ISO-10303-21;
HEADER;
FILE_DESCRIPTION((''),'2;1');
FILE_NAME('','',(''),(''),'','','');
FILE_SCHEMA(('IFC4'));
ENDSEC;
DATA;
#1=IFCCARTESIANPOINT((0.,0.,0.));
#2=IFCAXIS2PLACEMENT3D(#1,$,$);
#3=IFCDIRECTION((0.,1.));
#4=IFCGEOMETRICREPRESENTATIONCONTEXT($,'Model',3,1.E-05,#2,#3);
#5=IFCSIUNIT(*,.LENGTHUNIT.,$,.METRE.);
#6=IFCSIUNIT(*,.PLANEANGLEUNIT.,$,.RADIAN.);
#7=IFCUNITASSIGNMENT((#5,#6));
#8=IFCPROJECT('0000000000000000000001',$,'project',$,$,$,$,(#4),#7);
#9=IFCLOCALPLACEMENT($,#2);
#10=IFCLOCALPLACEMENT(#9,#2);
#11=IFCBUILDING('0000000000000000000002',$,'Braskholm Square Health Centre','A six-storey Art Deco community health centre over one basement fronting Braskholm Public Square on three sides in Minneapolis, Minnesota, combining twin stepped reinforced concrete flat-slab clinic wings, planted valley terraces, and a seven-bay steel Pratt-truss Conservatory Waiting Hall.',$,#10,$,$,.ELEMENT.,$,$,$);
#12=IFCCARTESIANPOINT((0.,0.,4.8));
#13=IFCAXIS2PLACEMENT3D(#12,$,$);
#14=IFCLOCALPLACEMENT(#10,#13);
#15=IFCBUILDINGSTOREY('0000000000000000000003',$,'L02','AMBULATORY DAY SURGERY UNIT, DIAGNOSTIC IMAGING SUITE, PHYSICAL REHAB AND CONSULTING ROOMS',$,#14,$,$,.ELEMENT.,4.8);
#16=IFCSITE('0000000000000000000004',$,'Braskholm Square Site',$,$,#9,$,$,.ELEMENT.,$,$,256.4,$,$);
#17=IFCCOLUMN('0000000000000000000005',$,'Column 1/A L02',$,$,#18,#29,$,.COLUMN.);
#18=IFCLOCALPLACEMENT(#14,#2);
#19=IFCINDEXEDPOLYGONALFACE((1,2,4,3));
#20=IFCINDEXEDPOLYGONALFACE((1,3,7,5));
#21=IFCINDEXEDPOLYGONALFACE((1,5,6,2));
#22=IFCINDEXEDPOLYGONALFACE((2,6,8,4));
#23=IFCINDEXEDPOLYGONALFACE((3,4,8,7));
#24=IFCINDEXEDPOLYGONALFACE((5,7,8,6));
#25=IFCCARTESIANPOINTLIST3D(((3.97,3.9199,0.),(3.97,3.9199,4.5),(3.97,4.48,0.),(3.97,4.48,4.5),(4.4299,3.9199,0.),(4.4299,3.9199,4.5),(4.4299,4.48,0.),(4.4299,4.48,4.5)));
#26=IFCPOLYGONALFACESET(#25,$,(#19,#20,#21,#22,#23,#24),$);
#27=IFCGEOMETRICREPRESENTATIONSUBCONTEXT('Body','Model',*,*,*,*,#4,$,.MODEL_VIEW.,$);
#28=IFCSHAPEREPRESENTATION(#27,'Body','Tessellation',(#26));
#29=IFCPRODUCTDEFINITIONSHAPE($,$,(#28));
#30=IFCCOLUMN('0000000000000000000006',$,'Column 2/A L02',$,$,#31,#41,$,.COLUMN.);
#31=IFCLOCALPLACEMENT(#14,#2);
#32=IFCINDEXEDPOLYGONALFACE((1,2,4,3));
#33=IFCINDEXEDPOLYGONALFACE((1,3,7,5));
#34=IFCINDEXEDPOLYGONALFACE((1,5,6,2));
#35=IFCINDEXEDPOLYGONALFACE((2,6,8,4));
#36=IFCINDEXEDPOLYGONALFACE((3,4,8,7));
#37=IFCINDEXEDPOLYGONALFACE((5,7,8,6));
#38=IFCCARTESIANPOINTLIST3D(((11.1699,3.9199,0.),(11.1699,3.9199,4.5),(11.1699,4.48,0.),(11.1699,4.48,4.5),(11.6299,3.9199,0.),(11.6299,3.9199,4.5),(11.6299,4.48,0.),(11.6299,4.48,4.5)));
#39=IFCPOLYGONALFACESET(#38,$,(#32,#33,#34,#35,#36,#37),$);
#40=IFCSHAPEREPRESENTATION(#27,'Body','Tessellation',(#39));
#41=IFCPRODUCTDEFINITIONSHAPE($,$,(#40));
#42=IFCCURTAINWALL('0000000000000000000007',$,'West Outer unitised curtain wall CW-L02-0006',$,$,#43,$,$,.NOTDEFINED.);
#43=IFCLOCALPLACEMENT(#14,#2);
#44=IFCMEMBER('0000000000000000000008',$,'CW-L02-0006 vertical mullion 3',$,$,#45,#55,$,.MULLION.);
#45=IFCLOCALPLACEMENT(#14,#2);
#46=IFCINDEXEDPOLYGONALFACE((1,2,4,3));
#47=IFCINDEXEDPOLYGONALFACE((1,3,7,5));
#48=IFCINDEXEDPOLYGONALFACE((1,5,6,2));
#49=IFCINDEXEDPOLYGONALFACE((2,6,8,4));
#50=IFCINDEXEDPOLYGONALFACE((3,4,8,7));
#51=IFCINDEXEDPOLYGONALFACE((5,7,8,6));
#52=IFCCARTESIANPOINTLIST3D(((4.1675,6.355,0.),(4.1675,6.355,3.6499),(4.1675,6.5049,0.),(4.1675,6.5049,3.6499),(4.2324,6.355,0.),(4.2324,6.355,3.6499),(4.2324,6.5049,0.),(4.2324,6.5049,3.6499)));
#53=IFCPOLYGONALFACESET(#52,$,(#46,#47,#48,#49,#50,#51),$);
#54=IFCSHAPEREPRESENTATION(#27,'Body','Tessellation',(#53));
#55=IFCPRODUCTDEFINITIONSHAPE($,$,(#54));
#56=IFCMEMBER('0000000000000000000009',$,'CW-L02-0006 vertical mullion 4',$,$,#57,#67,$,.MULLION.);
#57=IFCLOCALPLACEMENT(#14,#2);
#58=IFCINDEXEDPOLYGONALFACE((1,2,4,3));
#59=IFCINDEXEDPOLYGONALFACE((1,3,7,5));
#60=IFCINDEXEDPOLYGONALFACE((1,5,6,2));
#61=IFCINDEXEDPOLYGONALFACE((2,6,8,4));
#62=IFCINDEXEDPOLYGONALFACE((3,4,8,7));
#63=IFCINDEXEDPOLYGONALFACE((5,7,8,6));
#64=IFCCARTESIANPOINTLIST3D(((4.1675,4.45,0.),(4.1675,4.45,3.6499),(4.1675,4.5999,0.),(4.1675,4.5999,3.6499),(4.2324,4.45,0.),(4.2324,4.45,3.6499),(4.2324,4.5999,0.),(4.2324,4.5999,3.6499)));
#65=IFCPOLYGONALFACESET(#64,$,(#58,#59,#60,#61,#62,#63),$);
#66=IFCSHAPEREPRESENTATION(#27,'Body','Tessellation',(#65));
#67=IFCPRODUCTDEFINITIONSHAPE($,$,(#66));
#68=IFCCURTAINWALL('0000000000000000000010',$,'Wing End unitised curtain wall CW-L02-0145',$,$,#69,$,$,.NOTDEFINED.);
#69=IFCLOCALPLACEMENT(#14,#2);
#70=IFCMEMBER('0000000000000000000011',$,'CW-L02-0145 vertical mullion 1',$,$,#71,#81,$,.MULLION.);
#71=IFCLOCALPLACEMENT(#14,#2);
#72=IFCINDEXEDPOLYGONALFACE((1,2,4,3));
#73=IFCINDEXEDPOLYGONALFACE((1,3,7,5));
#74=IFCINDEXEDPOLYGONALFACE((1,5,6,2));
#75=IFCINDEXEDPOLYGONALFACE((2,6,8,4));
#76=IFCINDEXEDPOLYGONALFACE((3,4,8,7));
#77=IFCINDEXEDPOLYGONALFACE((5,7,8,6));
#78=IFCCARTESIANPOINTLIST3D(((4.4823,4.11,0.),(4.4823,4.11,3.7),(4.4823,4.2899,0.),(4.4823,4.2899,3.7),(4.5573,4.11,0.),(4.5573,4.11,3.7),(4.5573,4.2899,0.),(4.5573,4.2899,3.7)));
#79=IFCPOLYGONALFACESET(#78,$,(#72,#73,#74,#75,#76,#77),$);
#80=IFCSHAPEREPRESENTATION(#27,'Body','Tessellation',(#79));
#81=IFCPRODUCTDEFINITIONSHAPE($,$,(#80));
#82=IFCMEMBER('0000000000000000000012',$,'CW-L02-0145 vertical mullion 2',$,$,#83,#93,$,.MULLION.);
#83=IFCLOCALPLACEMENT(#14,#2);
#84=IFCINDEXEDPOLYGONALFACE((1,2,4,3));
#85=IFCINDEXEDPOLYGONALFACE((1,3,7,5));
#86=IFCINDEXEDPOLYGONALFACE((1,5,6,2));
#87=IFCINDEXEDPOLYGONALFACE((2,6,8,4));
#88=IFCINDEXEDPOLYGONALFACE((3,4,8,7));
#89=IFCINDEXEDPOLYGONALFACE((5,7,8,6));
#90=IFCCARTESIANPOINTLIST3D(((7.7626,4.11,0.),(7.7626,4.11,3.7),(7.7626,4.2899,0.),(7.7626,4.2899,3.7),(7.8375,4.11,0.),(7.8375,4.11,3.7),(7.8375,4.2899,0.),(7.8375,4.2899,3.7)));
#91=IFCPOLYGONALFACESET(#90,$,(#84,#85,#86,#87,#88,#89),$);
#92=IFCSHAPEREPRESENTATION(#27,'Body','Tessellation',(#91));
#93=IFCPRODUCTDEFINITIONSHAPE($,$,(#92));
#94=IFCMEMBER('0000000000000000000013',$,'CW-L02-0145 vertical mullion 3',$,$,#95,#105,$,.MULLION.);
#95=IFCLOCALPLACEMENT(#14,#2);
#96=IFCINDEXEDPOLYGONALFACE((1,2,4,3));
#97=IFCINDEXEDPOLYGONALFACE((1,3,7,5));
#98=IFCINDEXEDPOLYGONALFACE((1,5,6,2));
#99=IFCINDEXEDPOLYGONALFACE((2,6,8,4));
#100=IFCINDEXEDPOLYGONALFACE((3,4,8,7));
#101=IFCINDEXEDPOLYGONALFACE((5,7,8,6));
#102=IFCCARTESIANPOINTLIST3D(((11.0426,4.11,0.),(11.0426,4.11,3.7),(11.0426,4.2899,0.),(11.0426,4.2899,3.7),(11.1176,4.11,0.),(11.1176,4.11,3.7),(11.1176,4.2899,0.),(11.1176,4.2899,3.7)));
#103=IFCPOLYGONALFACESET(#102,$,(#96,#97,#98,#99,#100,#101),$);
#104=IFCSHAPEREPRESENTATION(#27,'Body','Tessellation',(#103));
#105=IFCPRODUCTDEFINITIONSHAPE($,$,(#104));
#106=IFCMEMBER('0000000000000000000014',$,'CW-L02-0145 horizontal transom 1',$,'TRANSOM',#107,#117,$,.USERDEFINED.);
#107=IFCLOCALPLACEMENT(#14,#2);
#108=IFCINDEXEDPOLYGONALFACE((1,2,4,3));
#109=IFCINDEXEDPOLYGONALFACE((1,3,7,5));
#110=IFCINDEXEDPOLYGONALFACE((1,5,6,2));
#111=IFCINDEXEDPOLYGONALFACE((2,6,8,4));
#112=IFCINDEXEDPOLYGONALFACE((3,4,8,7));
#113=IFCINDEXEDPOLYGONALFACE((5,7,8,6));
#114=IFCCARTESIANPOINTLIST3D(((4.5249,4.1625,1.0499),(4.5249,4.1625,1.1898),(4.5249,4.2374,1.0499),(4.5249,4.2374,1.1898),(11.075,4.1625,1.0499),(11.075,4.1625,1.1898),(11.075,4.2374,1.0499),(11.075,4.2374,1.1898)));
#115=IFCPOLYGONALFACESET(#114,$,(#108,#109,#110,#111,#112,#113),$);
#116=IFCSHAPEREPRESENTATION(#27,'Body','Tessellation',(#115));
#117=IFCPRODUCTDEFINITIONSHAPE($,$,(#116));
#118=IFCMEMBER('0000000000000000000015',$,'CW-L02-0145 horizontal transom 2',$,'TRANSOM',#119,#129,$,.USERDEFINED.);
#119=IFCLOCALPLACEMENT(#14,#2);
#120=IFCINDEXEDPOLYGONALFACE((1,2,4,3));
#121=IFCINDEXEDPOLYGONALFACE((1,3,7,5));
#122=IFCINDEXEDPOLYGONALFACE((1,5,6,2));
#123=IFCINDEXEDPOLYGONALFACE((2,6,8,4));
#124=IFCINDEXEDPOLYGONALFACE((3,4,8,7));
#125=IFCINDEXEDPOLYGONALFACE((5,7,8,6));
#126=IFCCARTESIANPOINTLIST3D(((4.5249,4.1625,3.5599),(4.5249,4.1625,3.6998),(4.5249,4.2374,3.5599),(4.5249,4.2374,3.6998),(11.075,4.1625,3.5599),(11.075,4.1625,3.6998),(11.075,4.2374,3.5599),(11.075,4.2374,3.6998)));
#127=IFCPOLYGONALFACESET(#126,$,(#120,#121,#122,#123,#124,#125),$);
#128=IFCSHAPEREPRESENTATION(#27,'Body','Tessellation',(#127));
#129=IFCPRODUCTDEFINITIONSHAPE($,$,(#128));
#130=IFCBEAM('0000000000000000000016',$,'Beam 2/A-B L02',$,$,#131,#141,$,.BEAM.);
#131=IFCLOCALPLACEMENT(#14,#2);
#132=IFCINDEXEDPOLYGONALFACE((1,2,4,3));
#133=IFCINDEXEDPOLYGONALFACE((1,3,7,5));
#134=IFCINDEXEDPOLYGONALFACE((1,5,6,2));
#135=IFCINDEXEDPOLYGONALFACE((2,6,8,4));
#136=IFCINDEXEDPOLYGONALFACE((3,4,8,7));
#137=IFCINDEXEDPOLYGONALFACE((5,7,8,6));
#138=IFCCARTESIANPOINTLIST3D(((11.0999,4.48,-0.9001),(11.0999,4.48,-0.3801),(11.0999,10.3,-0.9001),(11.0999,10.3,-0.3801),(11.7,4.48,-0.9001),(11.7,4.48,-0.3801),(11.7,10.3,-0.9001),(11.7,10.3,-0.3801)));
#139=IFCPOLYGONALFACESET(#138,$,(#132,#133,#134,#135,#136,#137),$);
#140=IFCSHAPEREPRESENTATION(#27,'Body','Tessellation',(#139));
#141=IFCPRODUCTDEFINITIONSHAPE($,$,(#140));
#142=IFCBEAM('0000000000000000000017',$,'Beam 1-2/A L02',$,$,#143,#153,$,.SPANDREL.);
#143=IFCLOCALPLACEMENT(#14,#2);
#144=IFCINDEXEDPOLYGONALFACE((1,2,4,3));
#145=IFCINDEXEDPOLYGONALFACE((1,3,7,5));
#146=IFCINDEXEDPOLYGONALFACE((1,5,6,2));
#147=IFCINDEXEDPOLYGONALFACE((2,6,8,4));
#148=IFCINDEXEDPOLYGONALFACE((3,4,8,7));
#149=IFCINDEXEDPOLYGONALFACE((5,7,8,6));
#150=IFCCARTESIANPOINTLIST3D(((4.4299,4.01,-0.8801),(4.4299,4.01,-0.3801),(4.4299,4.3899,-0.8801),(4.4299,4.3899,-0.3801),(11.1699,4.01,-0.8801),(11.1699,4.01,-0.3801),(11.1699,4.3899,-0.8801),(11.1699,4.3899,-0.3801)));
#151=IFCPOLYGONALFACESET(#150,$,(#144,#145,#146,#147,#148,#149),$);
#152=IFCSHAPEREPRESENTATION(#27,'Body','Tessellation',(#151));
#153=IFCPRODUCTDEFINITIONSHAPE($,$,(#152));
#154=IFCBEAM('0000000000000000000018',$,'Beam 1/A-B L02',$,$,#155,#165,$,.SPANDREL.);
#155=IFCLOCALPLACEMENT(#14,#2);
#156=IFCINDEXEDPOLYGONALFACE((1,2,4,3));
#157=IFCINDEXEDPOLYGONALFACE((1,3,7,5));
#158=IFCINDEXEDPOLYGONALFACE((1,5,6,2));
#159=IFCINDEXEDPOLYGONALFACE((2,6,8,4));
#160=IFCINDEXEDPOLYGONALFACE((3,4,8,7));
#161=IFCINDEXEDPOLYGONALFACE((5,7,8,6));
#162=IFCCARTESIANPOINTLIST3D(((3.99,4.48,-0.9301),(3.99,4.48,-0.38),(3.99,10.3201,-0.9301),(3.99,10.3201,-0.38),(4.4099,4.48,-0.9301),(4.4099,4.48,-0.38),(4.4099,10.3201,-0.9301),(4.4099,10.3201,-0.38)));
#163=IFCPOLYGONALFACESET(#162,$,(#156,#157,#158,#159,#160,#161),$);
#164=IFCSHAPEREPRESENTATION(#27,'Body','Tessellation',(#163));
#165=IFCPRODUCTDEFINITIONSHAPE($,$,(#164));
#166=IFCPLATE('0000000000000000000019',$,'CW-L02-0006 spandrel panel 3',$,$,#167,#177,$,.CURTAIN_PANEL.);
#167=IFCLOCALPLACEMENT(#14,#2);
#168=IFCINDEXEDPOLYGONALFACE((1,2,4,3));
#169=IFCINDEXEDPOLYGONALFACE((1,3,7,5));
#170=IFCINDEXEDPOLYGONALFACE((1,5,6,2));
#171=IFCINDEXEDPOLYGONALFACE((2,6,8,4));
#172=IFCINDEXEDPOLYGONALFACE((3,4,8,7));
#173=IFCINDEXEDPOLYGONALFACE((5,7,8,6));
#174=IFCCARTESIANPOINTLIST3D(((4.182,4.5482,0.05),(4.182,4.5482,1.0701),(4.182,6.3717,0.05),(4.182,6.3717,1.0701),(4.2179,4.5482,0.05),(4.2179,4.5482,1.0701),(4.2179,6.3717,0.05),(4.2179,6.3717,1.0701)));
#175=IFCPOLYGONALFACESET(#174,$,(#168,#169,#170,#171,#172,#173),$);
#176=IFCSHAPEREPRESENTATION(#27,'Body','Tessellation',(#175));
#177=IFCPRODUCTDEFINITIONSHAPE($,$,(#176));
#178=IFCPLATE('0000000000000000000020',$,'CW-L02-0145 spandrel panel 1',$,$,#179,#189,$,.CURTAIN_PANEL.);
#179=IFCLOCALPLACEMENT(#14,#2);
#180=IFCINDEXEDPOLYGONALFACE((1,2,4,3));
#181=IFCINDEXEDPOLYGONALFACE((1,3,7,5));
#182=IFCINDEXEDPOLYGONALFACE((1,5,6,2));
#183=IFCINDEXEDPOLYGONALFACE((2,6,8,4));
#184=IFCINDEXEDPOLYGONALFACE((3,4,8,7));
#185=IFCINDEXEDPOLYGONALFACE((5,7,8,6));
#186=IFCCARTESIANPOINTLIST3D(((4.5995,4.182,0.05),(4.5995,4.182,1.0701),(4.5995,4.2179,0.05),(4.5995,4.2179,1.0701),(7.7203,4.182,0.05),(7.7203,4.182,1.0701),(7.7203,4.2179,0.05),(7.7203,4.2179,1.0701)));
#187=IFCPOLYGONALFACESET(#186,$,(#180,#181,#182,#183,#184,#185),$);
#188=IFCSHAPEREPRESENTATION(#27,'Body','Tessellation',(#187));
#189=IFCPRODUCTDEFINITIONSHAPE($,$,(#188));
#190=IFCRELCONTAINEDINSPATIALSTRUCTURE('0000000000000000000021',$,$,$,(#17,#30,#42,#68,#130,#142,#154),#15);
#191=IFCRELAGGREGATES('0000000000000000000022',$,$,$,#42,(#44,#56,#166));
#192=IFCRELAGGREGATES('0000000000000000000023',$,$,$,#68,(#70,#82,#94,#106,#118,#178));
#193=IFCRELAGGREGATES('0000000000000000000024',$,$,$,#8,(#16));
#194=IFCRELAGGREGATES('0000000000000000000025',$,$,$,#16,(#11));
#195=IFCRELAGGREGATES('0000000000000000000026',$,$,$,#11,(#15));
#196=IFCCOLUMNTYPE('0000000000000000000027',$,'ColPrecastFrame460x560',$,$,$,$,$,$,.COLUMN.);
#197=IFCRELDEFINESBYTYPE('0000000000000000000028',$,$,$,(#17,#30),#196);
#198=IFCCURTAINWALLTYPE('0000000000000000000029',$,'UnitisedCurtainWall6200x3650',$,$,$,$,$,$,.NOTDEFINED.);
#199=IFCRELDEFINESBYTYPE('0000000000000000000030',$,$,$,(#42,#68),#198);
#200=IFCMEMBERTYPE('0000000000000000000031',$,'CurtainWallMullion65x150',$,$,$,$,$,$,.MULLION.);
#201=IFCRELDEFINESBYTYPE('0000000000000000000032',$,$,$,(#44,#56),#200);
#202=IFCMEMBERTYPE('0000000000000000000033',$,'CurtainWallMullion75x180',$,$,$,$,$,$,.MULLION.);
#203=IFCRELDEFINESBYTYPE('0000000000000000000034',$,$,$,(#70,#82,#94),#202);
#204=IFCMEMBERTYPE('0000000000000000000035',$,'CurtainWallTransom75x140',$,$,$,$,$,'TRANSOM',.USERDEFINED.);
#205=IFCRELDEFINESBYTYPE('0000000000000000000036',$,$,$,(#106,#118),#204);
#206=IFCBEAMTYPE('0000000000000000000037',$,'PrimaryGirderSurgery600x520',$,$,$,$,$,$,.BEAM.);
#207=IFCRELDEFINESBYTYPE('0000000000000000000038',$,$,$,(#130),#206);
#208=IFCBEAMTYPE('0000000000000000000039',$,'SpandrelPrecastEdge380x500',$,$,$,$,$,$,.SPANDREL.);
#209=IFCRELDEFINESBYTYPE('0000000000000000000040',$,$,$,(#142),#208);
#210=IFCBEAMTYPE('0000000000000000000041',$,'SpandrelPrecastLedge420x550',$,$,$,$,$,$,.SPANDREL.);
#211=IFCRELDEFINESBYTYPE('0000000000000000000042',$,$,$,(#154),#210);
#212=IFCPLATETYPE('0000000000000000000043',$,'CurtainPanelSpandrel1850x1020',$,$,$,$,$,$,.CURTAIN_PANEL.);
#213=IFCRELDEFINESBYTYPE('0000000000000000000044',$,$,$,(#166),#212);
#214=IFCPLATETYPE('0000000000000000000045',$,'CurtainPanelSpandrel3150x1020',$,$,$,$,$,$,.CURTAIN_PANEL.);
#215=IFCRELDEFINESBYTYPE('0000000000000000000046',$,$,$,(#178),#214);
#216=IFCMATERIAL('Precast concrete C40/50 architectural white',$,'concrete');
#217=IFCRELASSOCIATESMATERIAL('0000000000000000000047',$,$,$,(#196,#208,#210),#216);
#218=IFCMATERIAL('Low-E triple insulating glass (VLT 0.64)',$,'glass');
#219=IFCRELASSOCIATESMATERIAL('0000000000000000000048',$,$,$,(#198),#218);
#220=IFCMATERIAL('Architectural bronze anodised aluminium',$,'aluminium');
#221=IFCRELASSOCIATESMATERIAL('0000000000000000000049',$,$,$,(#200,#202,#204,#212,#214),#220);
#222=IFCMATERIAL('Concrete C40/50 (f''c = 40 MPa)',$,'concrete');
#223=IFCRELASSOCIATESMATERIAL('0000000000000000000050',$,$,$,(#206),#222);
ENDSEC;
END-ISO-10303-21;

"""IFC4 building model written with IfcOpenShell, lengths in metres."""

from ifc_helpers import new_model, si_unit, direction, frame, origin, origin_2d, place, context, subcontext, project, spatial, rectangle, extrude, material, material_profile, profile_set, type_object, element, aggregate, save


model = new_model("IFC4")

# Units and contexts
model_context = context("Model", 3, precision=1e-05, world=origin(), true_north=direction((0.0, 1.0)))
body_context = subcontext(model_context, "Body", "Model", "MODEL_VIEW")
ifc_project = project(units=[si_unit("LENGTHUNIT", "METRE"), si_unit("PLANEANGLEUNIT", "RADIAN")], contexts=[model_context])

# Site, building, storey
site_placement = place(None, origin())
site = spatial("IfcSite", under=ifc_project, at=site_placement, Name="Braskholm Square Site", CompositionType="ELEMENT", RefElevation=256.4)
building_placement = place(site_placement, origin())
building = spatial("IfcBuilding", under=site, at=building_placement, Name="Braskholm Square Health Centre", Description="A six-storey Art Deco community health centre over one basement fronting Braskholm Public Square on three sides in Minneapolis, Minnesota, combining twin stepped reinforced concrete flat-slab clinic wings, planted valley terraces, and a seven-bay steel Pratt-truss Conservatory Waiting Hall.", CompositionType="ELEMENT")
storey_placement = place(building_placement, frame((0.0, 0.0, 4.8)))
storey = spatial("IfcBuildingStorey", under=building, at=storey_placement, Name="L02", Description="AMBULATORY DAY SURGERY UNIT, DIAGNOSTIC IMAGING SUITE, PHYSICAL REHAB AND CONSULTING ROOMS", CompositionType="ELEMENT", Elevation=4.8)

# Columns
ifc_material_1 = material(Name="Precast concrete C40/50 architectural white", Category="concrete")
ifc_material_profile_1 = material_profile(ifc_material_1, rectangle(XDim=0.46, YDim=0.5601, at=origin_2d()), Name="RC-460X560")
ifc_profile_set_1 = profile_set([ifc_material_profile_1], Name="Precast concrete C40/50 architectural white")
column_type = type_object("IfcColumnType", Name="ColPrecastFrame460x560", PredefinedType="COLUMN", material=ifc_profile_set_1)
for number, where, z_axis, x_axis, name in (
    (1, (4.2, 4.2, 0.0), (0.0, 0.0, 1.0), (1.0, 0.0, 0.0), "Column 1/A L02"),
    (2, (11.3999, 4.2, 0.0), (0.0, 0.0, 1.0), (1.0, 0.0, 0.0), "Column 2/A L02"),
):
    element("IfcColumn", number, at=place(storey_placement, frame(where, z_axis=z_axis, x_axis=x_axis)), inside=storey, type_object=column_type, Name=name, PredefinedType="COLUMN", context=body_context, shape_type="SweptSolid", body=[
        extrude(rectangle(XDim=0.46, YDim=0.5601, at=origin_2d()), origin(), (0.0, 0.0, 1.0), 4.5),
    ])

# Curtain walls, members
ifc_material_2 = material(Name="Low-E triple insulating glass (VLT 0.64)", Category="glass")
curtain_wall_type = type_object("IfcCurtainWallType", Name="UnitisedCurtainWall6200x3650", PredefinedType="NOTDEFINED", material=ifc_material_2)
curtain_wall_1_placement = place(storey_placement, origin())
curtain_wall_1 = element("IfcCurtainWall", 3, at=curtain_wall_1_placement, inside=storey, type_object=curtain_wall_type, Name="West Outer unitised curtain wall CW-L02-0006", PredefinedType="NOTDEFINED")
ifc_material_3 = material(Name="Architectural bronze anodised aluminium", Category="aluminium")
ifc_material_profile_2 = material_profile(ifc_material_3, rectangle(XDim=0.0649, YDim=0.1499, at=origin_2d()), Name="ALU-65X150")
ifc_profile_set_2 = profile_set([ifc_material_profile_2], Name="Architectural bronze anodised aluminium")
member_type_1 = type_object("IfcMemberType", Name="CurtainWallMullion65x150", PredefinedType="MULLION", material=ifc_profile_set_2)
member_1_placement = place(storey_placement, frame((4.2, 6.4299, 0.0), z_axis=(0.0, 0.0, 1.0), x_axis=(1.0, 0.0, 0.0)))
member_1 = element("IfcMember", 4, at=member_1_placement, type_object=member_type_1, Name="CW-L02-0006 vertical mullion 3", PredefinedType="MULLION", context=body_context, shape_type="SweptSolid", body=[
    extrude(rectangle(XDim=0.0649, YDim=0.1499, at=origin_2d()), origin(), (0.0, 0.0, 1.0), 3.6499),
])
member_2_placement = place(storey_placement, frame((4.2, 4.5249, 0.0), z_axis=(0.0, 0.0, 1.0), x_axis=(1.0, 0.0, 0.0)))
member_2 = element("IfcMember", 5, at=member_2_placement, type_object=member_type_1, Name="CW-L02-0006 vertical mullion 4", PredefinedType="MULLION", context=body_context, shape_type="SweptSolid", body=[
    extrude(rectangle(XDim=0.0649, YDim=0.1499, at=origin_2d()), origin(), (0.0, 0.0, 1.0), 3.6499),
])
curtain_wall_2_placement = place(storey_placement, origin())
curtain_wall_2 = element("IfcCurtainWall", 6, at=curtain_wall_2_placement, inside=storey, type_object=curtain_wall_type, Name="Wing End unitised curtain wall CW-L02-0145", PredefinedType="NOTDEFINED")
ifc_material_profile_3 = material_profile(ifc_material_3, rectangle(XDim=0.075, YDim=0.1799, at=origin_2d()), Name="ALU-75X180")
ifc_profile_set_3 = profile_set([ifc_material_profile_3], Name="Architectural bronze anodised aluminium")
member_type_2 = type_object("IfcMemberType", Name="CurtainWallMullion75x180", PredefinedType="MULLION", material=ifc_profile_set_3)
member_3_placement = place(storey_placement, frame((4.5198, 4.2, 0.0), z_axis=(0.0, 0.0, 1.0), x_axis=(1.0, 0.0, 0.0)))
member_3 = element("IfcMember", 7, at=member_3_placement, type_object=member_type_2, Name="CW-L02-0145 vertical mullion 1", PredefinedType="MULLION", context=body_context, shape_type="SweptSolid", body=[
    extrude(rectangle(XDim=0.075, YDim=0.1799, at=origin_2d()), origin(), (0.0, 0.0, 1.0), 3.7),
])
member_4_placement = place(storey_placement, frame((7.8, 4.2, 0.0), z_axis=(0.0, 0.0, 1.0), x_axis=(1.0, 0.0, 0.0)))
member_4 = element("IfcMember", 8, at=member_4_placement, type_object=member_type_2, Name="CW-L02-0145 vertical mullion 2", PredefinedType="MULLION", context=body_context, shape_type="SweptSolid", body=[
    extrude(rectangle(XDim=0.075, YDim=0.1799, at=origin_2d()), origin(), (0.0, 0.0, 1.0), 3.7),
])
member_5_placement = place(storey_placement, frame((11.0801, 4.2, 0.0), z_axis=(0.0, 0.0, 1.0), x_axis=(1.0, 0.0, 0.0)))
member_5 = element("IfcMember", 9, at=member_5_placement, type_object=member_type_2, Name="CW-L02-0145 vertical mullion 3", PredefinedType="MULLION", context=body_context, shape_type="SweptSolid", body=[
    extrude(rectangle(XDim=0.075, YDim=0.1799, at=origin_2d()), origin(), (0.0, 0.0, 1.0), 3.7),
])
ifc_material_profile_4 = material_profile(ifc_material_3, rectangle(XDim=0.075, YDim=0.1399, at=origin_2d()), Name="ALU-75X140")
ifc_profile_set_4 = profile_set([ifc_material_profile_4], Name="Architectural bronze anodised aluminium")
member_type_3 = type_object("IfcMemberType", Name="CurtainWallTransom75x140", ElementType="TRANSOM", PredefinedType="USERDEFINED", material=ifc_profile_set_4)
member_6_placement = place(storey_placement, frame((4.5249, 4.2, 1.1199), z_axis=(1.0, 0.0, 0.0), x_axis=(0.0, 1.0, 0.0)))
member_6 = element("IfcMember", 10, at=member_6_placement, type_object=member_type_3, Name="CW-L02-0145 horizontal transom 1", ObjectType="TRANSOM", PredefinedType="USERDEFINED", context=body_context, shape_type="SweptSolid", body=[
    extrude(rectangle(XDim=0.075, YDim=0.1399, at=origin_2d()), origin(), (0.0, 0.0, 1.0), 6.55),
])
member_7_placement = place(storey_placement, frame((4.5249, 4.2, 3.6299), z_axis=(1.0, 0.0, 0.0), x_axis=(0.0, 1.0, 0.0)))
member_7 = element("IfcMember", 11, at=member_7_placement, type_object=member_type_3, Name="CW-L02-0145 horizontal transom 2", ObjectType="TRANSOM", PredefinedType="USERDEFINED", context=body_context, shape_type="SweptSolid", body=[
    extrude(rectangle(XDim=0.075, YDim=0.1399, at=origin_2d()), origin(), (0.0, 0.0, 1.0), 6.55),
])

# Beams
ifc_material_4 = material(Name="Concrete C40/50 (f'c = 40 MPa)", Category="concrete")
ifc_material_profile_5 = material_profile(ifc_material_4, rectangle(XDim=0.6001, YDim=0.52, at=origin_2d()), Name="RCB-600X520")
ifc_profile_set_5 = profile_set([ifc_material_profile_5], Name="Concrete C40/50 (f'c = 40 MPa)")
beam_type_1 = type_object("IfcBeamType", Name="PrimaryGirderSurgery600x520", PredefinedType="BEAM", material=ifc_profile_set_5)
beam_1_placement = place(storey_placement, frame((11.3999, 4.48, -0.6401), z_axis=(0.0, 1.0, 0.0), x_axis=(-1.0, 0.0, 0.0)))
element("IfcBeam", 12, at=beam_1_placement, inside=storey, type_object=beam_type_1, Name="Beam 2/A-B L02", PredefinedType="BEAM", context=body_context, shape_type="SweptSolid", body=[
    extrude(rectangle(XDim=0.6001, YDim=0.52, at=origin_2d()), origin(), (0.0, 0.0, 1.0), 5.8201),
])
ifc_material_profile_6 = material_profile(ifc_material_1, rectangle(XDim=0.3799, YDim=0.5, at=origin_2d()), Name="RCB-380X500")
ifc_profile_set_6 = profile_set([ifc_material_profile_6], Name="Precast concrete C40/50 architectural white")
beam_type_2 = type_object("IfcBeamType", Name="SpandrelPrecastEdge380x500", PredefinedType="SPANDREL", material=ifc_profile_set_6)
beam_2_placement = place(storey_placement, frame((4.4299, 4.2, -0.6301), z_axis=(1.0, 0.0, 0.0), x_axis=(0.0, 1.0, 0.0)))
element("IfcBeam", 13, at=beam_2_placement, inside=storey, type_object=beam_type_2, Name="Beam 1-2/A L02", PredefinedType="SPANDREL", context=body_context, shape_type="SweptSolid", body=[
    extrude(rectangle(XDim=0.3799, YDim=0.5, at=origin_2d()), origin(), (0.0, 0.0, 1.0), 6.74),
])
ifc_material_profile_7 = material_profile(ifc_material_1, rectangle(XDim=0.4199, YDim=0.55, at=origin_2d()), Name="RCB-420X550")
ifc_profile_set_7 = profile_set([ifc_material_profile_7], Name="Precast concrete C40/50 architectural white")
beam_type_3 = type_object("IfcBeamType", Name="SpandrelPrecastLedge420x550", PredefinedType="SPANDREL", material=ifc_profile_set_7)
beam_3_placement = place(storey_placement, frame((4.2, 4.48, -0.655), z_axis=(0.0, 1.0, 0.0), x_axis=(-1.0, 0.0, 0.0)))
element("IfcBeam", 14, at=beam_3_placement, inside=storey, type_object=beam_type_3, Name="Beam 1/A-B L02", PredefinedType="SPANDREL", context=body_context, shape_type="SweptSolid", body=[
    extrude(rectangle(XDim=0.4199, YDim=0.55, at=origin_2d()), origin(), (0.0, 0.0, 1.0), 5.8401),
])

# Plates
plate_type_1 = type_object("IfcPlateType", Name="CurtainPanelSpandrel1850x1020", PredefinedType="CURTAIN_PANEL", material=ifc_material_3)
plate_1_placement = place(storey_placement, frame((4.2, 5.46, 0.05), z_axis=(0.0, 0.0, 1.0), x_axis=(0.0, -1.0, 0.0)))
plate_1 = element("IfcPlate", 15, at=plate_1_placement, type_object=plate_type_1, Name="CW-L02-0006 spandrel panel 3", PredefinedType="CURTAIN_PANEL", context=body_context, shape_type="SweptSolid", body=[
    extrude(rectangle(XDim=1.8235, YDim=0.0359, at=origin_2d()), origin(), (0.0, 0.0, 1.0), 1.02),
])
plate_type_2 = type_object("IfcPlateType", Name="CurtainPanelSpandrel3150x1020", PredefinedType="CURTAIN_PANEL", material=ifc_material_3)
plate_2_placement = place(storey_placement, frame((6.1599, 4.2, 0.05), z_axis=(0.0, 0.0, 1.0), x_axis=(1.0, 0.0, 0.0)))
plate_2 = element("IfcPlate", 16, at=plate_2_placement, type_object=plate_type_2, Name="CW-L02-0145 spandrel panel 1", PredefinedType="CURTAIN_PANEL", context=body_context, shape_type="SweptSolid", body=[
    extrude(rectangle(XDim=3.1208, YDim=0.0359, at=origin_2d()), origin(), (0.0, 0.0, 1.0), 1.02),
])
aggregate(curtain_wall_1, [member_1, member_2, plate_1])
aggregate(curtain_wall_2, [member_3, member_4, member_5, member_6, member_7, plate_2])

save(model, "model.ifc")
